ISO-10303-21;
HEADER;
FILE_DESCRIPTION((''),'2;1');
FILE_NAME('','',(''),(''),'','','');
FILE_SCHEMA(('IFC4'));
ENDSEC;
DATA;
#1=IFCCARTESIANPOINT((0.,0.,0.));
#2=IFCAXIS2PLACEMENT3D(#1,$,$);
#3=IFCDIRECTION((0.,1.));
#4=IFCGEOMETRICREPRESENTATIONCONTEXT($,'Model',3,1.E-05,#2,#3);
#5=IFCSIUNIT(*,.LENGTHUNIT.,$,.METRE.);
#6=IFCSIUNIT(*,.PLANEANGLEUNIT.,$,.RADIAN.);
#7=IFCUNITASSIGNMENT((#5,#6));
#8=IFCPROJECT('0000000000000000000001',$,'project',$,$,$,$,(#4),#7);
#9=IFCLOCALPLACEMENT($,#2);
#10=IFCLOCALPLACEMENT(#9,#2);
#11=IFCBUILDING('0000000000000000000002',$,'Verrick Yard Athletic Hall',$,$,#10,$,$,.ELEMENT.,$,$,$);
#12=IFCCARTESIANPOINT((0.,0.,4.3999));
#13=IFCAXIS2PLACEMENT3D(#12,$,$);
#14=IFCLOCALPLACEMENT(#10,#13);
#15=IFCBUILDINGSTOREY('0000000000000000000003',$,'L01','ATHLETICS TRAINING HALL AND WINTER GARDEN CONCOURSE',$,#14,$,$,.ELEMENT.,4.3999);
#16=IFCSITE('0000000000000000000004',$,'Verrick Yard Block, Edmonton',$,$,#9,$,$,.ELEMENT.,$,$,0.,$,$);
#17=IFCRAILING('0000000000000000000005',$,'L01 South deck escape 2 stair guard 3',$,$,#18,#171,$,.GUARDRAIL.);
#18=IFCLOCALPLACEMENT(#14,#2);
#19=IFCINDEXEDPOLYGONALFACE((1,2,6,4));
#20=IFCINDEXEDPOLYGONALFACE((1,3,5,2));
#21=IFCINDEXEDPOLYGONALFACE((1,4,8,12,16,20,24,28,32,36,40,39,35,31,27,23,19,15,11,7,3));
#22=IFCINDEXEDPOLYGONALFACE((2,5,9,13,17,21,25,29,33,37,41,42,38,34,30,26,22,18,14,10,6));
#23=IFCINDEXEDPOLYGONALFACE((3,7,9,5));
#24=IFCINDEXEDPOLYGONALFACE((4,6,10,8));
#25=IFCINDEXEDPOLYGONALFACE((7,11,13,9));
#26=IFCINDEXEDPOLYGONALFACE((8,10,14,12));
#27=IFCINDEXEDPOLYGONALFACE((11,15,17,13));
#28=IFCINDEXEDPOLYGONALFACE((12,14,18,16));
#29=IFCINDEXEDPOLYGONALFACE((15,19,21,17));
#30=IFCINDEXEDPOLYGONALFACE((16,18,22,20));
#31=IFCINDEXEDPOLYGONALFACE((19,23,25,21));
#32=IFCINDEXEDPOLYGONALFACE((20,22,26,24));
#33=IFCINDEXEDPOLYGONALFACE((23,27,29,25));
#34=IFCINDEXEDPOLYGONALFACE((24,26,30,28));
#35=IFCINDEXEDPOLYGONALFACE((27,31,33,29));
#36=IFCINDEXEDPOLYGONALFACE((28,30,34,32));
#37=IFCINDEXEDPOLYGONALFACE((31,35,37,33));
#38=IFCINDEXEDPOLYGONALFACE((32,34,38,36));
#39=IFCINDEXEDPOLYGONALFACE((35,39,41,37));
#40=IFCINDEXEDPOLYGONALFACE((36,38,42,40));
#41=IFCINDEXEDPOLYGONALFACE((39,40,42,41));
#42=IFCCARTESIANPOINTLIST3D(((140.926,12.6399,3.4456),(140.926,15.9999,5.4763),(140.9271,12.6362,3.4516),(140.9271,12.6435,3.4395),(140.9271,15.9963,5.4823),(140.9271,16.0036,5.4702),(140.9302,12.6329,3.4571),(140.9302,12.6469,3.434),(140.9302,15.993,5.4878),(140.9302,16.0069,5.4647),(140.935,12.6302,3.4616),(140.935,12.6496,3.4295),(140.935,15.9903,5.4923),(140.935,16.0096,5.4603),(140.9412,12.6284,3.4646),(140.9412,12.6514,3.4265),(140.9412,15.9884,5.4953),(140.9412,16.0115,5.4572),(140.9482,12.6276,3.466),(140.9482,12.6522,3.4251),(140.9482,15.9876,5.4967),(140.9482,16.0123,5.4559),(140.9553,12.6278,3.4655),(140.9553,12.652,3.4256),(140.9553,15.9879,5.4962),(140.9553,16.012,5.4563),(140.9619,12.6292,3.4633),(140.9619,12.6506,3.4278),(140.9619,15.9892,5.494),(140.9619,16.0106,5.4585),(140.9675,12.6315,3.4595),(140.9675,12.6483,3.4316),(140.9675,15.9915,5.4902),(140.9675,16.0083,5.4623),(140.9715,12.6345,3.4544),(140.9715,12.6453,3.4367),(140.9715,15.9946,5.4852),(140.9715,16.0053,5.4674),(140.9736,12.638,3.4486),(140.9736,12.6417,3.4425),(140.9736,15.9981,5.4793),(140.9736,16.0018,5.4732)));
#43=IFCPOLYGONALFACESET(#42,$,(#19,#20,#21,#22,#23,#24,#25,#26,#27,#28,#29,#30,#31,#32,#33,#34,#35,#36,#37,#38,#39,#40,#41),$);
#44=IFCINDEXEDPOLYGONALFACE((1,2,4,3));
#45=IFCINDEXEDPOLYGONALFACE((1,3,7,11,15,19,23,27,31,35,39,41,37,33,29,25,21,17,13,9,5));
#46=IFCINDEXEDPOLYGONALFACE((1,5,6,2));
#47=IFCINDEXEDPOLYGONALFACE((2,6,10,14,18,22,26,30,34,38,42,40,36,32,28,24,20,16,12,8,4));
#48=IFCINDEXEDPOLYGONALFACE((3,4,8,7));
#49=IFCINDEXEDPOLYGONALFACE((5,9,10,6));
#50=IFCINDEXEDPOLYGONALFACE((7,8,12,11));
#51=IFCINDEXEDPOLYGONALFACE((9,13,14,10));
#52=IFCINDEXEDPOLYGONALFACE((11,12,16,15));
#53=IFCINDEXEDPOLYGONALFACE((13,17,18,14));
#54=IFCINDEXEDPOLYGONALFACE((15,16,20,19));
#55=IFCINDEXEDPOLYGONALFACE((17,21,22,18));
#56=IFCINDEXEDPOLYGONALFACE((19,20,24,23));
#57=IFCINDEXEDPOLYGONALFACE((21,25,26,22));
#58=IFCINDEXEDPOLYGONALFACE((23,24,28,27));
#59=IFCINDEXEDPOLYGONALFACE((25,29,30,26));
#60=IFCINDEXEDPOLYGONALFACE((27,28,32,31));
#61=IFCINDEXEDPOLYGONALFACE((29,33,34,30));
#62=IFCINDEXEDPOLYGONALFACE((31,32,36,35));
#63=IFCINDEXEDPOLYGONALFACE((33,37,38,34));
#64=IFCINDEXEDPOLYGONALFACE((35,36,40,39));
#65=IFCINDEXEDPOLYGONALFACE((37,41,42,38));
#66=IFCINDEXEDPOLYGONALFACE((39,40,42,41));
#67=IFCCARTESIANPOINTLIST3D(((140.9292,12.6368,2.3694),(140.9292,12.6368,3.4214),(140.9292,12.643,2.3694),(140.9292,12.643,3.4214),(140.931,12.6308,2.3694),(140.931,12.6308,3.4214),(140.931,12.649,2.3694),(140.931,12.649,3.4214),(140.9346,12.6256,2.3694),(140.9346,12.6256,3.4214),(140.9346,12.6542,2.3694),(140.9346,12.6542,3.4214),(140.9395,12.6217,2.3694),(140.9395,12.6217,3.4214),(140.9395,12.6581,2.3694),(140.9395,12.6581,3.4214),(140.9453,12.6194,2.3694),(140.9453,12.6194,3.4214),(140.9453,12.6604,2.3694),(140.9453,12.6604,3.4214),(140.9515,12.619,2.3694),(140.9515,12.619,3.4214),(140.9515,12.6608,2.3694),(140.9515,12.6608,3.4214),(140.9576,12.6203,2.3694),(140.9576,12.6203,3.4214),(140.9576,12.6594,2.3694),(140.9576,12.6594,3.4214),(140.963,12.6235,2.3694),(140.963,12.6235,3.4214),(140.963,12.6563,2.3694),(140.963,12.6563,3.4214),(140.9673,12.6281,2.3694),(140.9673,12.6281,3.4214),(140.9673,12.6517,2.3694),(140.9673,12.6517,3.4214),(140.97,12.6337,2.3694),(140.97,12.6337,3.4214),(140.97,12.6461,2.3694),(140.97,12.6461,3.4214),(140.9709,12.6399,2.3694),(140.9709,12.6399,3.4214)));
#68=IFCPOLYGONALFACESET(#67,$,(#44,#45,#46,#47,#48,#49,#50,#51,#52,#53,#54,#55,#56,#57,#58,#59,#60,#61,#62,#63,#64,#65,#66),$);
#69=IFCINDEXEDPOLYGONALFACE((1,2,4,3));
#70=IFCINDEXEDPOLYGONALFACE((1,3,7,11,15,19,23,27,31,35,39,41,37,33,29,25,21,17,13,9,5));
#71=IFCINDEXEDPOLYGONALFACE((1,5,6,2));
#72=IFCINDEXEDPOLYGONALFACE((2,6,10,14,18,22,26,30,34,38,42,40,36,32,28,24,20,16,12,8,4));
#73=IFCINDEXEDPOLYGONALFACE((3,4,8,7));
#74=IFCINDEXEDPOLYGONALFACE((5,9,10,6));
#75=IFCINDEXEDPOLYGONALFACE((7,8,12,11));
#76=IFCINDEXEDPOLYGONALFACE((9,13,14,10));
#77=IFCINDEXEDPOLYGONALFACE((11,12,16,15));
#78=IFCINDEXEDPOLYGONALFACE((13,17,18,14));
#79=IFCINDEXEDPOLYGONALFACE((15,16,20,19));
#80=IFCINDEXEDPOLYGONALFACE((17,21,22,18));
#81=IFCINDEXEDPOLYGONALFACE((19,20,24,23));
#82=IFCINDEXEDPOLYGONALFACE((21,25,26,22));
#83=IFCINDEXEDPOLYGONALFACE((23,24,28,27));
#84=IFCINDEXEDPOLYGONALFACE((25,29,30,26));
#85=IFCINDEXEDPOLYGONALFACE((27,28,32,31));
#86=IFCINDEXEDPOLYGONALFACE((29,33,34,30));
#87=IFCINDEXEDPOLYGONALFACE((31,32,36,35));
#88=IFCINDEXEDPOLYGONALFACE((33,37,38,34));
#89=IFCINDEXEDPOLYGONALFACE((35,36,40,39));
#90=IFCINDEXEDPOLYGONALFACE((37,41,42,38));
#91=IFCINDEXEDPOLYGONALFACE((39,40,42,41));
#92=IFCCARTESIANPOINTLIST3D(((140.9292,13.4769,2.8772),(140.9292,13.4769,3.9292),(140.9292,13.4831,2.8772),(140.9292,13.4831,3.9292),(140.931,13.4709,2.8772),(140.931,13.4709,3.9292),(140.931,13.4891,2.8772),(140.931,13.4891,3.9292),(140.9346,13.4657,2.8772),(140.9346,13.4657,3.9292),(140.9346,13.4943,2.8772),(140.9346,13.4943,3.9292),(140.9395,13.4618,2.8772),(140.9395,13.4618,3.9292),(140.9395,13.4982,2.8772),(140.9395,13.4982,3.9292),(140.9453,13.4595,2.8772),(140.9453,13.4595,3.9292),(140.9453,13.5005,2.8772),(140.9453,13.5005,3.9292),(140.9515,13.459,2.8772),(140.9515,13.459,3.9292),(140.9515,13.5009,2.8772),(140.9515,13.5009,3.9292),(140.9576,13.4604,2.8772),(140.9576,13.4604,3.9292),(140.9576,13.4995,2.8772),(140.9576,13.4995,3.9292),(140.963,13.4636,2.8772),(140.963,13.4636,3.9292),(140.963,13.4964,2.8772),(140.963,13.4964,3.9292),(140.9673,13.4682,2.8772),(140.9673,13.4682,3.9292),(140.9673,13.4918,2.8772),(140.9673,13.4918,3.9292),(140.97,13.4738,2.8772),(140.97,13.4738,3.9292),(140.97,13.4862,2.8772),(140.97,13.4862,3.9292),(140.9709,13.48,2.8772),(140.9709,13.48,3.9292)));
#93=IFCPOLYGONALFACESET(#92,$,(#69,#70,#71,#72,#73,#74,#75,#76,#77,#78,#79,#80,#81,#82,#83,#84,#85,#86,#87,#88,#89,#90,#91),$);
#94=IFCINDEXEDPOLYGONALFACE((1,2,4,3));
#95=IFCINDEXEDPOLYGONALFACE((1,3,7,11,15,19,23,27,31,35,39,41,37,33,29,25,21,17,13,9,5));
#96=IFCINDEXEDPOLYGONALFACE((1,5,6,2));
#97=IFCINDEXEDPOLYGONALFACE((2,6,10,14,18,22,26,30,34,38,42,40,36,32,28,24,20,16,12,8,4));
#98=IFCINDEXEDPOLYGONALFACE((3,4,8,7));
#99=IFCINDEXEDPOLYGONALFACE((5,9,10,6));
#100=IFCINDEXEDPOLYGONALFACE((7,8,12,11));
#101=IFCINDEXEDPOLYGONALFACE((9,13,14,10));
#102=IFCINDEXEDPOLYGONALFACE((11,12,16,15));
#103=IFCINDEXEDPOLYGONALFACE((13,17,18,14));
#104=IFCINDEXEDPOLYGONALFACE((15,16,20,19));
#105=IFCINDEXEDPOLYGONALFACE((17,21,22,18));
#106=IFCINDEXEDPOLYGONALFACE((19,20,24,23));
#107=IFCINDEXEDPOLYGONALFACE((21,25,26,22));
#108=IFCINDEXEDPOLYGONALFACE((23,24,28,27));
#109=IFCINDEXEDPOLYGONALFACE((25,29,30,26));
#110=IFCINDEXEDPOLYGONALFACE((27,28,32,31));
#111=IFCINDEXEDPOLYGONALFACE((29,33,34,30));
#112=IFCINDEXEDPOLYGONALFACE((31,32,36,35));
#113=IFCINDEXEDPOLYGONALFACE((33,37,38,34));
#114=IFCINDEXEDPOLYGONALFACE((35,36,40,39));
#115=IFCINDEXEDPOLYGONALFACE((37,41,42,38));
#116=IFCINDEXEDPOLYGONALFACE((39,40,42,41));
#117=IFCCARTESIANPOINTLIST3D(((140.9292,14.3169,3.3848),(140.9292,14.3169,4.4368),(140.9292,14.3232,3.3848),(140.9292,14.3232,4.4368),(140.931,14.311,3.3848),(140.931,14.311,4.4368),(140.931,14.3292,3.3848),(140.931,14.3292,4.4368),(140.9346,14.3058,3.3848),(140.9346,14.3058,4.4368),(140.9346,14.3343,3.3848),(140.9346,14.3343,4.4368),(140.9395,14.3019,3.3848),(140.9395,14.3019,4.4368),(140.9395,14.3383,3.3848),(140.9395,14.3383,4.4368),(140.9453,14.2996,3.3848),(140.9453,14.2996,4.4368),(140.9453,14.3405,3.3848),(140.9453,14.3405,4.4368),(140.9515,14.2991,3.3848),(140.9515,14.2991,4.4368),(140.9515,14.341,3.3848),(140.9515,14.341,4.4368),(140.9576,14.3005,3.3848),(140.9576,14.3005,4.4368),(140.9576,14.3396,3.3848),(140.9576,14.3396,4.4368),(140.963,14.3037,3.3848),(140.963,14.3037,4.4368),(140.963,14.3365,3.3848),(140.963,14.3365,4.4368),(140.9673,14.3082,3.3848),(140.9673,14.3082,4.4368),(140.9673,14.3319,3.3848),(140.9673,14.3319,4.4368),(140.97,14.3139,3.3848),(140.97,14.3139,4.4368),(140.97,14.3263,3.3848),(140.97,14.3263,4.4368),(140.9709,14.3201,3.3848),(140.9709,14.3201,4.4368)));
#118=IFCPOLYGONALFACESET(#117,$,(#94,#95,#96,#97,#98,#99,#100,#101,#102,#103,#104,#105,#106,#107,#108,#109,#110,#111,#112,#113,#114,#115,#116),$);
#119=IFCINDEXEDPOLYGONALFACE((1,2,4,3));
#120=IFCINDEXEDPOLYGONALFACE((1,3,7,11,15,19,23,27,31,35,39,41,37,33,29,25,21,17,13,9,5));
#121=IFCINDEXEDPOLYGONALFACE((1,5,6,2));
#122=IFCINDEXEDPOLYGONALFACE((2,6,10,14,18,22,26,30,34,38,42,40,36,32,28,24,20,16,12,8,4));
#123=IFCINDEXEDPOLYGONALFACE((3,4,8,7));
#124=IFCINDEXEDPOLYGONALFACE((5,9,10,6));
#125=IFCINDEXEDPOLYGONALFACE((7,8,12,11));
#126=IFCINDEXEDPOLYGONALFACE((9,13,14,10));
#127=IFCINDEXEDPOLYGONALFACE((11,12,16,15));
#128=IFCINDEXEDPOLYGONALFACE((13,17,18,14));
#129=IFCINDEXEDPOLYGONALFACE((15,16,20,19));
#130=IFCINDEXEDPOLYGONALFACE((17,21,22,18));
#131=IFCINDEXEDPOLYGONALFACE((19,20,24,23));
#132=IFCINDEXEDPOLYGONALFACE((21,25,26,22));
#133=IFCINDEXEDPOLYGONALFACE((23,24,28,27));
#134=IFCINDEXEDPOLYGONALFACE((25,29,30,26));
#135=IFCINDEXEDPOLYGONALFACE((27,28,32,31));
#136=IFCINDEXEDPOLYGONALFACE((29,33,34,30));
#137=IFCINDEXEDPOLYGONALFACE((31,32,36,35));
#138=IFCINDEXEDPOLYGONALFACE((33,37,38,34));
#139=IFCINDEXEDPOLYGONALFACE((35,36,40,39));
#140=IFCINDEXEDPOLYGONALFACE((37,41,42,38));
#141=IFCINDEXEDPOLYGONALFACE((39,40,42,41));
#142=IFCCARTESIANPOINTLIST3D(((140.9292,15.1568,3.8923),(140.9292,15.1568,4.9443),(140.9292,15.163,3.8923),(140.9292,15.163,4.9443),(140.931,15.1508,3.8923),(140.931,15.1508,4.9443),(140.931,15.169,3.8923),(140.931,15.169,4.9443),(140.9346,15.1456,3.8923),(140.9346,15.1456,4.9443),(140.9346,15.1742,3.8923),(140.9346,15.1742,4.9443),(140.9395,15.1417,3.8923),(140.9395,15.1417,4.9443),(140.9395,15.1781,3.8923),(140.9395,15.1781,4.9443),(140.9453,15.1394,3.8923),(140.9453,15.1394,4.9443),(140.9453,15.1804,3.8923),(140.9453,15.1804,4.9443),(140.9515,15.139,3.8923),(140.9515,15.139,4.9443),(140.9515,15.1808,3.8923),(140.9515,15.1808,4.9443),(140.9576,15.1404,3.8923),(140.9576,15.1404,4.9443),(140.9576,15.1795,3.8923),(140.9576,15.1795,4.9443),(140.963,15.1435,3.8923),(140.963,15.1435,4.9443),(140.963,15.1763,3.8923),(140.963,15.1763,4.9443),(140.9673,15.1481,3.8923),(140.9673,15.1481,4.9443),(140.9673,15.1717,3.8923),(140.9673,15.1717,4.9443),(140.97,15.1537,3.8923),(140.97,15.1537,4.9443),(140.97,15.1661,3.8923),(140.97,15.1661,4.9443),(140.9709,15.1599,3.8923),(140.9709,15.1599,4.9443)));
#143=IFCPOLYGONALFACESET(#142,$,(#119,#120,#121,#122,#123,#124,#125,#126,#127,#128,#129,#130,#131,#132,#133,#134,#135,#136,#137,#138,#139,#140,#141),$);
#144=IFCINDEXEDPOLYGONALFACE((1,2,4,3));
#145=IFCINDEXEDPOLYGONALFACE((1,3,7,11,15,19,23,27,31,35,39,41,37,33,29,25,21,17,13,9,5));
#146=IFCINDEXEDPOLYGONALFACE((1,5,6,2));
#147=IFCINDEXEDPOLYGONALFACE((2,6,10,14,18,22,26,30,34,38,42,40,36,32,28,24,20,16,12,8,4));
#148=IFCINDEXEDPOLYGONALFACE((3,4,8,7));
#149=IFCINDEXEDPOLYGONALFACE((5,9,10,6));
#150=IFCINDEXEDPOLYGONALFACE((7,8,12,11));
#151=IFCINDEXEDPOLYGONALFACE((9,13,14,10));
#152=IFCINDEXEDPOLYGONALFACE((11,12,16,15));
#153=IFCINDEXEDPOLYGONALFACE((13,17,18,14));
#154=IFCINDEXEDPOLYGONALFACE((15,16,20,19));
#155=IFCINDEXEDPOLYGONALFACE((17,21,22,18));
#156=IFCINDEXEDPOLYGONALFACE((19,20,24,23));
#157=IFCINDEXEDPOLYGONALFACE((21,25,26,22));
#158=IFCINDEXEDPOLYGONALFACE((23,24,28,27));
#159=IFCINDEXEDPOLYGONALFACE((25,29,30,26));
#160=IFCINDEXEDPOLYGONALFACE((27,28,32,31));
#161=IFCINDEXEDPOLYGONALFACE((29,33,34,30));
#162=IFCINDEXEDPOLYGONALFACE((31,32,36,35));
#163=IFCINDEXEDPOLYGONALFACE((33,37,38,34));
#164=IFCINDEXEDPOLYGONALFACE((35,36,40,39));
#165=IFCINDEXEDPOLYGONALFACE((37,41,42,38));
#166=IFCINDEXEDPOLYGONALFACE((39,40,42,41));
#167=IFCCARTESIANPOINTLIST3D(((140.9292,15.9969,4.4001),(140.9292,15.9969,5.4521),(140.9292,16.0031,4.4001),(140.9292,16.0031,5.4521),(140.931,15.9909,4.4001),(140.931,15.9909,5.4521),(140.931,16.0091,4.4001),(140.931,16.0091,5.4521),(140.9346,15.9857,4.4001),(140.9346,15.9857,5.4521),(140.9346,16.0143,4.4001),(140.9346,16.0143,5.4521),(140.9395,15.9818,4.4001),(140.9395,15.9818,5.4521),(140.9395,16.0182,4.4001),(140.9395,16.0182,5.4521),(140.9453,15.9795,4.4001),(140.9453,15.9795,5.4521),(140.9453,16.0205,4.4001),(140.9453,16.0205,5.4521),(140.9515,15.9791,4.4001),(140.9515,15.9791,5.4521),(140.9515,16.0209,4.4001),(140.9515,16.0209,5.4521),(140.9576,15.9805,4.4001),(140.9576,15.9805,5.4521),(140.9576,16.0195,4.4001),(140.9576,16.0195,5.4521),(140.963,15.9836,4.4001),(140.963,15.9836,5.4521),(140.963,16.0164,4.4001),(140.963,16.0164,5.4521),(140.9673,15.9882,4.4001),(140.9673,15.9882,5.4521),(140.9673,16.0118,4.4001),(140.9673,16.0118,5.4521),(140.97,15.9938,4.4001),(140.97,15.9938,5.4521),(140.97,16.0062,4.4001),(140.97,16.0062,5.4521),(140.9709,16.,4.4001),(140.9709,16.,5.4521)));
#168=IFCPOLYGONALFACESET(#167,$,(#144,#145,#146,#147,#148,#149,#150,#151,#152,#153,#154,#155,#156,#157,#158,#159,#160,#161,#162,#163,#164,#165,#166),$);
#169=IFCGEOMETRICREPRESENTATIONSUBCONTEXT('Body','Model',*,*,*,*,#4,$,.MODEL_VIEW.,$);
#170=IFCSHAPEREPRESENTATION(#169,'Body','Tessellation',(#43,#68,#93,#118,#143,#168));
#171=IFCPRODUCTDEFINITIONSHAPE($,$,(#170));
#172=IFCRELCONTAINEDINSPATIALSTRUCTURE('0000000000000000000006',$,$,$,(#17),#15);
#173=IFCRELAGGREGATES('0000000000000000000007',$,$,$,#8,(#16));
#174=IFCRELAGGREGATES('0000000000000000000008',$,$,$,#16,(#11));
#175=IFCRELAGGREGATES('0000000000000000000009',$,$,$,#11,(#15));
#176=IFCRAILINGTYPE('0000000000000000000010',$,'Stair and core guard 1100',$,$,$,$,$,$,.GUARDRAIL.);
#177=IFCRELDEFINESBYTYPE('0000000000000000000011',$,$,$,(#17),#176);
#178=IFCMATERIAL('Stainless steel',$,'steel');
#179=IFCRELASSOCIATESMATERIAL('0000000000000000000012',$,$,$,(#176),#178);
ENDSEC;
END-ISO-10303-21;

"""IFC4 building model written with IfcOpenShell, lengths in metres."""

from ifc_helpers import new_model, si_unit, direction, frame, origin, origin_2d, place, context, subcontext, project, spatial, circle, extrude, material, type_object, element, save


model = new_model("IFC4")

# Units and contexts
model_context = context("Model", 3, precision=1e-05, world=origin(), true_north=direction((0.0, 1.0)))
body_context = subcontext(model_context, "Body", "Model", "MODEL_VIEW")
ifc_project = project(units=[si_unit("LENGTHUNIT", "METRE"), si_unit("PLANEANGLEUNIT", "RADIAN")], contexts=[model_context])

# Site, building, storey
site_placement = place(None, origin())
site = spatial("IfcSite", under=ifc_project, at=site_placement, Name="Verrick Yard Block, Edmonton", CompositionType="ELEMENT", RefElevation=0.0)
building_placement = place(site_placement, origin())
building = spatial("IfcBuilding", under=site, at=building_placement, Name="Verrick Yard Athletic Hall", CompositionType="ELEMENT")
storey_placement = place(building_placement, frame((0.0, 0.0, 4.3999)))
storey = spatial("IfcBuildingStorey", under=building, at=storey_placement, Name="L01", Description="ATHLETICS TRAINING HALL AND WINTER GARDEN CONCOURSE", CompositionType="ELEMENT", Elevation=4.3999)

# Railing
ifc_material_1 = material(Name="Stainless steel", Category="steel")
railing_type_1 = type_object("IfcRailingType", Name="Stair and core guard 1100", PredefinedType="GUARDRAIL", material=ifc_material_1)
railing_1_placement = place(storey_placement, frame((140.95, 12.6399, 2.3694)))
element("IfcRailing", 1, at=railing_1_placement, inside=storey, type_object=railing_type_1, Name="L01 South deck escape 2 stair guard 3", PredefinedType="GUARDRAIL", context=body_context, shape_type="SweptSolid", body=[
    extrude(circle(Radius=0.0239, at=origin_2d()), frame((0.0, 0.0, 1.0762), z_axis=(0.0, 0.855837, 0.517246), x_axis=(-1.0, 0.0, 0.0)), (0.0, 0.0, 1.0), 3.926),
    extrude(circle(Radius=0.021, at=origin_2d()), origin(), (0.0, 0.0, 1.0), 1.052),
    extrude(circle(Radius=0.021, at=origin_2d()), frame((0.0, 0.8401, 0.5078)), (0.0, 0.0, 1.0), 1.052),
    extrude(circle(Radius=0.021, at=origin_2d()), frame((0.0, 1.6802, 1.0154)), (0.0, 0.0, 1.0), 1.052),
    extrude(circle(Radius=0.021, at=origin_2d()), frame((0.0, 2.52, 1.5229)), (0.0, 0.0, 1.0), 1.052),
    extrude(circle(Radius=0.021, at=origin_2d()), frame((0.0, 3.3601, 2.0308)), (0.0, 0.0, 1.0), 1.052),
])

save(model, "model.ifc")
